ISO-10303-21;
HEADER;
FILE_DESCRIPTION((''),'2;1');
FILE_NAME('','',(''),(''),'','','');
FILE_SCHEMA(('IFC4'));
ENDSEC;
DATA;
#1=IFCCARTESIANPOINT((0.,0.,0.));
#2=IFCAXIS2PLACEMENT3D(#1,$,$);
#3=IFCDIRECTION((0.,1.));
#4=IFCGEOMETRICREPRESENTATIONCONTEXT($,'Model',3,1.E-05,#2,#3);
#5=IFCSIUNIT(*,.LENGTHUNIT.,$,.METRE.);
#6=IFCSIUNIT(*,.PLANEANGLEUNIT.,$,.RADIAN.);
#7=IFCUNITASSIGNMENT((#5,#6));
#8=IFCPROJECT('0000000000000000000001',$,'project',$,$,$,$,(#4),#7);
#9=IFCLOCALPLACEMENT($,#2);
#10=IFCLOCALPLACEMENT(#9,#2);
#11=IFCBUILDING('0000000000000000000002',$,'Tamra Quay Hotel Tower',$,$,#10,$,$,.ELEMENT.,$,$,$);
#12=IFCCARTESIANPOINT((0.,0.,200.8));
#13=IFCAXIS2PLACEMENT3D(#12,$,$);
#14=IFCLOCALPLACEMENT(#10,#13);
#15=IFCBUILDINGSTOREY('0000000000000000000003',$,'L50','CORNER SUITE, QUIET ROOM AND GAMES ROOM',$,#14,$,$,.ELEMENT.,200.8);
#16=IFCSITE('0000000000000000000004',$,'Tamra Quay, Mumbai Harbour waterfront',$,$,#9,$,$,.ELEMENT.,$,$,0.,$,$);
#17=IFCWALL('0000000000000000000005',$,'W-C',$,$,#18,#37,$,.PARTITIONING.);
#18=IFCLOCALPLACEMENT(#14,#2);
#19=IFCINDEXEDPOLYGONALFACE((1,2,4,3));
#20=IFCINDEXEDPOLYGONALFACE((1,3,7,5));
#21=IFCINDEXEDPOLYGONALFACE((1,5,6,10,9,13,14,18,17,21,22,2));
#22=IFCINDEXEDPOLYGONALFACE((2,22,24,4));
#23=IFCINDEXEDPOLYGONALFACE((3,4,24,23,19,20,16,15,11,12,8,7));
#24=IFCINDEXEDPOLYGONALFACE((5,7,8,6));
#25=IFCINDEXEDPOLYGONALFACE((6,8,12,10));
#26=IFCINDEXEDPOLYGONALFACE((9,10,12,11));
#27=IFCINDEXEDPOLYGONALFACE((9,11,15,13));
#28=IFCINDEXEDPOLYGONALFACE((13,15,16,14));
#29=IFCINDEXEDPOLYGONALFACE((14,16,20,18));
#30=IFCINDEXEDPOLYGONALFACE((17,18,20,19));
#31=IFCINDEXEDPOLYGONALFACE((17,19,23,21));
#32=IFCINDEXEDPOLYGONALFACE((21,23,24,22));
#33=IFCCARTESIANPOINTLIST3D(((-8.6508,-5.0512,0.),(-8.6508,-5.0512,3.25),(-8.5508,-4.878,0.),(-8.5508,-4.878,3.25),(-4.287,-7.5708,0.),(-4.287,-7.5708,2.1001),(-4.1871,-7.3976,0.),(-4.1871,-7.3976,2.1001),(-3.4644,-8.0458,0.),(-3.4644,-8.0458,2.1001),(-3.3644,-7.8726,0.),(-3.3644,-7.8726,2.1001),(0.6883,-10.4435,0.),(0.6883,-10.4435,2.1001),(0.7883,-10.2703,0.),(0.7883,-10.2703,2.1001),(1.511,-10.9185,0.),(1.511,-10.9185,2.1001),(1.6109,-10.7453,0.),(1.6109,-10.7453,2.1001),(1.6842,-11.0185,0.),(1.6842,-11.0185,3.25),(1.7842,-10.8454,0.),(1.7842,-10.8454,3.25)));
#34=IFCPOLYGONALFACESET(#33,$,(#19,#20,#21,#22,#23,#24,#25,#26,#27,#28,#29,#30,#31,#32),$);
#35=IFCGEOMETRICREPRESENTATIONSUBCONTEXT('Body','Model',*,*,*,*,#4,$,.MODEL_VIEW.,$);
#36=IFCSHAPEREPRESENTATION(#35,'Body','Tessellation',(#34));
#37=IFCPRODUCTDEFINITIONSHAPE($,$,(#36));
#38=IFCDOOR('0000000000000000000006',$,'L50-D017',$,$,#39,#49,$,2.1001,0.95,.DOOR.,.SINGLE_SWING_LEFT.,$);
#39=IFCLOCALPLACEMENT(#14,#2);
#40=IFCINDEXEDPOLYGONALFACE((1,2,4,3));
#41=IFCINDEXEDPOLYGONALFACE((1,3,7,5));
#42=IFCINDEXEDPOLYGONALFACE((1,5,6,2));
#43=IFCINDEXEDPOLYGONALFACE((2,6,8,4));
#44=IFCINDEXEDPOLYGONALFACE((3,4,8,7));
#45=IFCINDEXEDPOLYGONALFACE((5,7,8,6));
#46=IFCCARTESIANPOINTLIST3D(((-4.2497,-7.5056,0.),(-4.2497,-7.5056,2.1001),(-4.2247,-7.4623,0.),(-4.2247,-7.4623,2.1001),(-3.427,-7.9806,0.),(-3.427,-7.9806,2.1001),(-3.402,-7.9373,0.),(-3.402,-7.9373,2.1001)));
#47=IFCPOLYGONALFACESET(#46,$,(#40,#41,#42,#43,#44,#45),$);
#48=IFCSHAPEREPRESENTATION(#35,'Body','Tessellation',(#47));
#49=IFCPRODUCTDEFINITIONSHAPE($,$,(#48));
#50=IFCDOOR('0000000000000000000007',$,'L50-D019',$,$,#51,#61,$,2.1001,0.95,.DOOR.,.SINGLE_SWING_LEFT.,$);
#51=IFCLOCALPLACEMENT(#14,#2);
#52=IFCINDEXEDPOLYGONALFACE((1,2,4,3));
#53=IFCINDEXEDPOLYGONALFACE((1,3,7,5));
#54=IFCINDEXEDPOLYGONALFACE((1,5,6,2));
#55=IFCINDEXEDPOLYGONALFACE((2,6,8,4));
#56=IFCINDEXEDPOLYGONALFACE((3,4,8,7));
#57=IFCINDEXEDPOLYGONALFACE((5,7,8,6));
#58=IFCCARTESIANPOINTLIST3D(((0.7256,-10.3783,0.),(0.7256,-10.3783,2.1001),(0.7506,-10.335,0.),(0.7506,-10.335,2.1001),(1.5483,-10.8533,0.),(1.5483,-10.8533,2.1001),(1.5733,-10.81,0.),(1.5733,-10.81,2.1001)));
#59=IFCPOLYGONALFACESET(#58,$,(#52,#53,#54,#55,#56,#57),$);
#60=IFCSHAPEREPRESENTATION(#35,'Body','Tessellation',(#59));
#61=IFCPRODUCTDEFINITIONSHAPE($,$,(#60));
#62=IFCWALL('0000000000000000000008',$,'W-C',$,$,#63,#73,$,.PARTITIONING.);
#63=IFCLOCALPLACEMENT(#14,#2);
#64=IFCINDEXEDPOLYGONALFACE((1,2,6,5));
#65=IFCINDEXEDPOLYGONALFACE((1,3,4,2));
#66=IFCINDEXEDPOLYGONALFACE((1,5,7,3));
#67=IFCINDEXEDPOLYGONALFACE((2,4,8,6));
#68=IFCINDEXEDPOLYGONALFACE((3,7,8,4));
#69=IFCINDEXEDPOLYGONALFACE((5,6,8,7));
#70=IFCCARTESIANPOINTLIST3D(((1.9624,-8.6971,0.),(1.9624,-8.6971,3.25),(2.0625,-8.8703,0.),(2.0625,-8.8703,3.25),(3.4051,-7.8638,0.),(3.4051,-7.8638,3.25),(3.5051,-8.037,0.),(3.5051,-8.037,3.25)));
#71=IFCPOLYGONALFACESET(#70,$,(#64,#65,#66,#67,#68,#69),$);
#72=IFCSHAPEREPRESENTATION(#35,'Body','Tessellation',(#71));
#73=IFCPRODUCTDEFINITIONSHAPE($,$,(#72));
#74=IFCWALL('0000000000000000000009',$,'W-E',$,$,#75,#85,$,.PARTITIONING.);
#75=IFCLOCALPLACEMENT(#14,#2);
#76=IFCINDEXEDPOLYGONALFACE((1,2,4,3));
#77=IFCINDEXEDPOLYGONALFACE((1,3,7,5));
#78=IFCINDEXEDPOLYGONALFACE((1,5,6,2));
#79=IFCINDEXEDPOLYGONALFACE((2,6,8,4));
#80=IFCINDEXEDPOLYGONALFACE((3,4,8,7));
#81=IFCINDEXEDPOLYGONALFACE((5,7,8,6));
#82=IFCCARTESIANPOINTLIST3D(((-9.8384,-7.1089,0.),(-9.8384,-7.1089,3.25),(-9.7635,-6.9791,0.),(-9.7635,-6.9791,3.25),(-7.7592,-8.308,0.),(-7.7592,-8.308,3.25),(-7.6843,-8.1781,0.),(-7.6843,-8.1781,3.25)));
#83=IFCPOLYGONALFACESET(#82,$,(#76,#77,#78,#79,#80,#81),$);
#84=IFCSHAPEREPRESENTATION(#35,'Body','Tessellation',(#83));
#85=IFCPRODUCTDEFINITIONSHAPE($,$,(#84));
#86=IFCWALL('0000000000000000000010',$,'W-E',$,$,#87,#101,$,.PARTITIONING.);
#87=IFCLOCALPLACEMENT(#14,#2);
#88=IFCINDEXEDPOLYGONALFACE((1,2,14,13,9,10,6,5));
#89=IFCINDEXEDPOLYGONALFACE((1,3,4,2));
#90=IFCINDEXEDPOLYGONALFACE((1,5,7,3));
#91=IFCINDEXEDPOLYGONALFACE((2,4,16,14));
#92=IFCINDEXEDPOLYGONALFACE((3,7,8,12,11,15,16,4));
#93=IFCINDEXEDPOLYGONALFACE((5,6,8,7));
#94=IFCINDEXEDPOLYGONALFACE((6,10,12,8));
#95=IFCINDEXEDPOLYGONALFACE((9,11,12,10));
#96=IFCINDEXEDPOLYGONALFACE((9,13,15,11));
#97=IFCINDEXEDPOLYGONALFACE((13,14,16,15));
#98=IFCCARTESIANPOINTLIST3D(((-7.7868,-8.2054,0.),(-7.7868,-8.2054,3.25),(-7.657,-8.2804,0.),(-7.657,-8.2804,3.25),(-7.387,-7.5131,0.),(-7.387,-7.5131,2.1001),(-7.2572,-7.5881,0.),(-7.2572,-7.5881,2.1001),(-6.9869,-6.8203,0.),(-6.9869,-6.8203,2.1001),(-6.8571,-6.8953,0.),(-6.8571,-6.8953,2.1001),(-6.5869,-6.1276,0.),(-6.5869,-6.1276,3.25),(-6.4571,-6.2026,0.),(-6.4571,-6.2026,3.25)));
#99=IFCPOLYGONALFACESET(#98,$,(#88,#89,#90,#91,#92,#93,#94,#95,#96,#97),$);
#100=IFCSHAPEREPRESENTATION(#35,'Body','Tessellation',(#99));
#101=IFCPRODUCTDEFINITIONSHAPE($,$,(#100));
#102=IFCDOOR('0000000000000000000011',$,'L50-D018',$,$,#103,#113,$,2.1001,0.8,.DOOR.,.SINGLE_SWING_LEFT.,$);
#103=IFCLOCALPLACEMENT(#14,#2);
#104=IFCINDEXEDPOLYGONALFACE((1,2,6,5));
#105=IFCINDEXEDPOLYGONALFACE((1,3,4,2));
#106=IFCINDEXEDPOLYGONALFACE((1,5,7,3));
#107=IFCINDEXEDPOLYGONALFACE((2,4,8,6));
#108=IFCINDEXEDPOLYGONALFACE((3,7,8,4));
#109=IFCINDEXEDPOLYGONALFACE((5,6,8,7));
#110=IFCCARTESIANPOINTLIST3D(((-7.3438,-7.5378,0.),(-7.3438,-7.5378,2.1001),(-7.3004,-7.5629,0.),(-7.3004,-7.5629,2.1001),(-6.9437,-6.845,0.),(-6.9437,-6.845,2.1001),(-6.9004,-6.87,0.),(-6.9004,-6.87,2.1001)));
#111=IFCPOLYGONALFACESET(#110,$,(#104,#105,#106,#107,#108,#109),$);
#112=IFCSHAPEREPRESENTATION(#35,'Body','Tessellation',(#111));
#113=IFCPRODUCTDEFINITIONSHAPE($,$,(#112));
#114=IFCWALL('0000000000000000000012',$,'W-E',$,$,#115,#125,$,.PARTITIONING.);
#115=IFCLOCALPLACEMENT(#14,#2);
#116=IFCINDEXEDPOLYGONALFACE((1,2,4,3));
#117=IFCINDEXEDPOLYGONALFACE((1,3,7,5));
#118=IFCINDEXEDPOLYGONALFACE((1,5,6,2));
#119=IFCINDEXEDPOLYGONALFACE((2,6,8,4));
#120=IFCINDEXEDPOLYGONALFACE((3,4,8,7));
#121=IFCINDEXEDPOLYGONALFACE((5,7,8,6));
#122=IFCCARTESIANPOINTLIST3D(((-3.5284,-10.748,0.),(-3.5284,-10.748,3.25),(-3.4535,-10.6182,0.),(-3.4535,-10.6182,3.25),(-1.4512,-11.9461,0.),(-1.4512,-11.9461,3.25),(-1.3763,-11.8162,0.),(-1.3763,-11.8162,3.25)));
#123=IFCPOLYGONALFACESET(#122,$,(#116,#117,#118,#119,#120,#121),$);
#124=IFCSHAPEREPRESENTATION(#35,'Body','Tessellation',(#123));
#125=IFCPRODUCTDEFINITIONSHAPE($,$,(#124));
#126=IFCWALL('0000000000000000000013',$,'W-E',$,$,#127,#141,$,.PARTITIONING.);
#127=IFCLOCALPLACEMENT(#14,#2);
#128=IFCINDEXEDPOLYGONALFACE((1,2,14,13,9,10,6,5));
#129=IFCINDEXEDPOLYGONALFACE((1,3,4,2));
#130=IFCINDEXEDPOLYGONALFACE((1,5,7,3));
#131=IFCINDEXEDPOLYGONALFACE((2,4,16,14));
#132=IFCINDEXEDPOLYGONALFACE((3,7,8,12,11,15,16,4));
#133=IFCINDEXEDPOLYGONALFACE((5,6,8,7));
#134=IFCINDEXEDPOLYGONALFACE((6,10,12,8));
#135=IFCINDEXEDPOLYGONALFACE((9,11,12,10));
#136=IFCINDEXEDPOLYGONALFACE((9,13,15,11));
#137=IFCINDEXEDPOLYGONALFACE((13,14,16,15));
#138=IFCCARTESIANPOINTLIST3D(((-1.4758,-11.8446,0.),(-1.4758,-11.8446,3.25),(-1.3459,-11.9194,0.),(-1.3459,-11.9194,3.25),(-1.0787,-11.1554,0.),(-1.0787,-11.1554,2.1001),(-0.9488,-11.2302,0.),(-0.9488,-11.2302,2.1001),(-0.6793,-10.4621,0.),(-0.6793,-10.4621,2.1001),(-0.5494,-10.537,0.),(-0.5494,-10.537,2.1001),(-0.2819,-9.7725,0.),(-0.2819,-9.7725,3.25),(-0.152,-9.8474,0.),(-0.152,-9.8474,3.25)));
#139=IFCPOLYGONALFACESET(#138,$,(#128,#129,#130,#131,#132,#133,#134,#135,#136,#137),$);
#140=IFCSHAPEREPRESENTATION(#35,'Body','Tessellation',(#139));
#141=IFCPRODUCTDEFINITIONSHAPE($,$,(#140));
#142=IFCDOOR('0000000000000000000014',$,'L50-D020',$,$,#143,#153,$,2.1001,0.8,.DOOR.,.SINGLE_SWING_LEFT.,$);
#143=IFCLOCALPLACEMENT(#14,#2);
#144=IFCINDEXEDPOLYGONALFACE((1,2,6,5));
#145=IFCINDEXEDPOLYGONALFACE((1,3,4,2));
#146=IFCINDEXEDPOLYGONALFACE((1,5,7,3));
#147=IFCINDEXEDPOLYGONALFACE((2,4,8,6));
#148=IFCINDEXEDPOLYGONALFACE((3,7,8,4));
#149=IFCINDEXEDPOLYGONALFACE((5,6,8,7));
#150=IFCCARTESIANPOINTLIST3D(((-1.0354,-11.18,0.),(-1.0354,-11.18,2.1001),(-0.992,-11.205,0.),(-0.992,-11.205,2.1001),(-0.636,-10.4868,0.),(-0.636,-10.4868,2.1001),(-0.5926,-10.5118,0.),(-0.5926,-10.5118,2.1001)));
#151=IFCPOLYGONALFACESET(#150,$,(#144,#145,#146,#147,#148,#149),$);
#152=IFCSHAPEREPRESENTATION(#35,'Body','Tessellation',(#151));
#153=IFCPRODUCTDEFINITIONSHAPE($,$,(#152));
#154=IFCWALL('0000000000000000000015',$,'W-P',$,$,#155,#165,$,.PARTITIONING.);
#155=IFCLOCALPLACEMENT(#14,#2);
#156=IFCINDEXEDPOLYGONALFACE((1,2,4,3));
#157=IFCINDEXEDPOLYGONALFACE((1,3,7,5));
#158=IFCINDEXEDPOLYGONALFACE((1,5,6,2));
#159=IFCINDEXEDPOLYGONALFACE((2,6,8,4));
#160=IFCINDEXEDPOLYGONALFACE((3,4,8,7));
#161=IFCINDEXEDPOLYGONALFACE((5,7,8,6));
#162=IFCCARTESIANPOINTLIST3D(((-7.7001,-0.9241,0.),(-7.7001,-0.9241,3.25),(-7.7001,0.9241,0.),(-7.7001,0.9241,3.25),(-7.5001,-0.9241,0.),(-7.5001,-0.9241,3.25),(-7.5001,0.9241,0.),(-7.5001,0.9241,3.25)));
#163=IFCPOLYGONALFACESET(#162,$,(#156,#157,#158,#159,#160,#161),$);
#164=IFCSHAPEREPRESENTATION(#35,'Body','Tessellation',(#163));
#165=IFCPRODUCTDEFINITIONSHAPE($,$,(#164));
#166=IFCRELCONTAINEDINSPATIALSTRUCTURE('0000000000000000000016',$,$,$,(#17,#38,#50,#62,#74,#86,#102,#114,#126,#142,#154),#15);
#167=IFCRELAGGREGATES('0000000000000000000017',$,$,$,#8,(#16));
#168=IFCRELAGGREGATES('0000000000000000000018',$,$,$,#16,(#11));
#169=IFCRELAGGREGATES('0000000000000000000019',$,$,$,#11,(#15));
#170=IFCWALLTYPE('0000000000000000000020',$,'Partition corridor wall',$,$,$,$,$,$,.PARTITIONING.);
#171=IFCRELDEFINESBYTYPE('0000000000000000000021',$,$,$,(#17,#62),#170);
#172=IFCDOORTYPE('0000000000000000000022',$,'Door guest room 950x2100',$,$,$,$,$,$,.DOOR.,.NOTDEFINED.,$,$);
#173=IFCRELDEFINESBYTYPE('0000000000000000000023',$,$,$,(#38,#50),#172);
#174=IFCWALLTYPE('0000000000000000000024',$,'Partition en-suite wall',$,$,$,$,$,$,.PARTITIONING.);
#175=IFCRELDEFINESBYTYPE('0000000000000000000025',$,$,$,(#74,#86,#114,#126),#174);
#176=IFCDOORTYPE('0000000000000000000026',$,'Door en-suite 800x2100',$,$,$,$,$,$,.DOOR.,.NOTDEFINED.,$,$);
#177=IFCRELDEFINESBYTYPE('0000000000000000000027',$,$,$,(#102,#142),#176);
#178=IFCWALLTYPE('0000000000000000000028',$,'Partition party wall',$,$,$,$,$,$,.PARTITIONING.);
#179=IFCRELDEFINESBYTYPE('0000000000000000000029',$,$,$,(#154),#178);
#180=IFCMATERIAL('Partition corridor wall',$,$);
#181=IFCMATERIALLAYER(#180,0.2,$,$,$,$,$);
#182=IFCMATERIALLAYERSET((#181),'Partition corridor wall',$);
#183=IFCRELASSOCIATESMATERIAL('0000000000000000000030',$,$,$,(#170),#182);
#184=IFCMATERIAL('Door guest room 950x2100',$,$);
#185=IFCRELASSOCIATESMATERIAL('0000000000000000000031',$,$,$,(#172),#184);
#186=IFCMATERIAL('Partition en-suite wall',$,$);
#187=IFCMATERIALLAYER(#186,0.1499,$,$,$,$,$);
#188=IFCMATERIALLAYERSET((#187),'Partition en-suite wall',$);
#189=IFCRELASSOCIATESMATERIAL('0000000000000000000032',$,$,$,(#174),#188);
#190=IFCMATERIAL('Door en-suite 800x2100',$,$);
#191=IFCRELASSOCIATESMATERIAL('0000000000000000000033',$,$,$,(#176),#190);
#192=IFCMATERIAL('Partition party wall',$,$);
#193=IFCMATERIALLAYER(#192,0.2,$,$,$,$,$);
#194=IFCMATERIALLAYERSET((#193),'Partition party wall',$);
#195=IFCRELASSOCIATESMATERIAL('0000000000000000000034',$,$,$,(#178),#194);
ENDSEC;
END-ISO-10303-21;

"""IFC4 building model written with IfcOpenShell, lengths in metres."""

from ifc_helpers import new_model, si_unit, direction, frame, frame_2d, origin, place, context, subcontext, project, spatial, rectangle, extrude, material, layer, layer_set, type_object, element, fill, save


model = new_model("IFC4")

# Units and contexts
model_context = context("Model", 3, precision=1e-05, world=origin(), true_north=direction((0.0, 1.0)))
body_context = subcontext(model_context, "Body", "Model", "MODEL_VIEW")
ifc_project = project(units=[si_unit("LENGTHUNIT", "METRE"), si_unit("PLANEANGLEUNIT", "RADIAN")], contexts=[model_context])

# Site, building, storey
site_placement = place(None, origin())
site = spatial("IfcSite", under=ifc_project, at=site_placement, Name="Tamra Quay, Mumbai Harbour waterfront", CompositionType="ELEMENT", RefElevation=0.0)
building_placement = place(site_placement, origin())
building = spatial("IfcBuilding", under=site, at=building_placement, Name="Tamra Quay Hotel Tower", CompositionType="ELEMENT")
storey_placement = place(building_placement, frame((0.0, 0.0, 200.8)))
storey = spatial("IfcBuildingStorey", under=building, at=storey_placement, Name="L50", Description="CORNER SUITE, QUIET ROOM AND GAMES ROOM", CompositionType="ELEMENT", Elevation=200.8)

# Shared definitions
ifc_material_1 = material(Name="Partition corridor wall")
ifc_layer_1 = layer(ifc_material_1, 0.2)
ifc_layer_set_1 = layer_set([ifc_layer_1], Name="Partition corridor wall")
wall_type_1 = type_object("IfcWallType", Name="Partition corridor wall", PredefinedType="PARTITIONING", material=ifc_layer_set_1)

# Wall, openings, doors
wall_1_placement = place(storey_placement, frame((-8.6008, -4.9646, 0.0), z_axis=(0.0, 0.0, 1.0), x_axis=(0.866011, -0.500025, 0.0)))
wall_1 = element("IfcWall", 1, at=wall_1_placement, inside=storey, type_object=wall_type_1, Name="W-C", PredefinedType="PARTITIONING", context=body_context, shape_type="SweptSolid", body=[
    extrude(rectangle(XDim=11.9341, YDim=0.2, at=frame_2d((5.967, 0.0))), origin(), (0.0, 0.0, 1.0), 3.25),
])
opening_1_placement = place(wall_1_placement, frame((5.0388, 0.0, 0.0)))
opening_1 = element("IfcOpeningElement", 2, at=opening_1_placement, cuts=wall_1, PredefinedType="OPENING", context=body_context, shape_type="SweptSolid", body=[
    extrude(rectangle(XDim=0.95, YDim=2.1001, at=frame_2d((0.4751, 1.05))), frame((0.0, 0.1099, 0.0), z_axis=(0.0, -1.0, 0.0), x_axis=(1.0, 0.0, 0.0)), (0.0, 0.0, 1.0), 0.22),
])
opening_2_placement = place(wall_1_placement, frame((10.7839, 0.0, 0.0)))
opening_2 = element("IfcOpeningElement", 3, at=opening_2_placement, cuts=wall_1, PredefinedType="OPENING", context=body_context, shape_type="SweptSolid", body=[
    extrude(rectangle(XDim=0.95, YDim=2.1001, at=frame_2d((0.4751, 1.05))), frame((0.0, 0.1099, 0.0), z_axis=(0.0, -1.0, 0.0), x_axis=(1.0, 0.0, 0.0)), (0.0, 0.0, 1.0), 0.22),
])
ifc_material_2 = material(Name="Door guest room 950x2100")
door_type_1 = type_object("IfcDoorType", Name="Door guest room 950x2100", OperationType="NOTDEFINED", PredefinedType="DOOR", material=ifc_material_2)
door_1_placement = place(opening_1_placement, frame((0.95, 0.0, 0.0), z_axis=(0.0, 0.0, 1.0), x_axis=(-1.0, 0.0, 0.0)))
door_1 = element("IfcDoor", 4, at=door_1_placement, inside=storey, type_object=door_type_1, Name="L50-D017", OperationType="SINGLE_SWING_LEFT", OverallHeight=2.1001, OverallWidth=0.95, PredefinedType="DOOR", context=body_context, shape_type="SweptSolid", body=[
    extrude(rectangle(XDim=0.95, YDim=2.1001, at=frame_2d((0.4751, 1.05))), frame((0.0, 0.0249, 0.0), z_axis=(0.0, -1.0, 0.0), x_axis=(1.0, 0.0, 0.0)), (0.0, 0.0, 1.0), 0.05),
])
fill(opening_1, door_1)
door_2_placement = place(opening_2_placement, frame((0.95, 0.0, 0.0), z_axis=(0.0, 0.0, 1.0), x_axis=(-1.0, 0.0, 0.0)))
door_2 = element("IfcDoor", 5, at=door_2_placement, inside=storey, type_object=door_type_1, Name="L50-D019", OperationType="SINGLE_SWING_LEFT", OverallHeight=2.1001, OverallWidth=0.95, PredefinedType="DOOR", context=body_context, shape_type="SweptSolid", body=[
    extrude(rectangle(XDim=0.95, YDim=2.1001, at=frame_2d((0.4751, 1.05))), frame((0.0, 0.0249, 0.0), z_axis=(0.0, -1.0, 0.0), x_axis=(1.0, 0.0, 0.0)), (0.0, 0.0, 1.0), 0.05),
])
fill(opening_2, door_2)

# Walls
wall_2_placement = place(storey_placement, frame((2.0125, -8.7837, 0.0), z_axis=(0.0, 0.0, 1.0), x_axis=(0.865934, 0.500158, 0.0)))
element("IfcWall", 6, at=wall_2_placement, inside=storey, type_object=wall_type_1, Name="W-C", PredefinedType="PARTITIONING", context=body_context, shape_type="SweptSolid", body=[
    extrude(rectangle(XDim=1.666, YDim=0.2, at=frame_2d((0.833, 0.0))), origin(), (0.0, 0.0, 1.0), 3.25),
])
ifc_material_3 = material(Name="Partition en-suite wall")
ifc_layer_2 = layer(ifc_material_3, 0.1499)
ifc_layer_set_2 = layer_set([ifc_layer_2], Name="Partition en-suite wall")
wall_type_2 = type_object("IfcWallType", Name="Partition en-suite wall", PredefinedType="PARTITIONING", material=ifc_layer_set_2)
wall_3_placement = place(storey_placement, frame((-9.801, -7.0439, 0.0), z_axis=(0.0, 0.0, 1.0), x_axis=(0.866277, -0.499564, 0.0)))
element("IfcWall", 7, at=wall_3_placement, inside=storey, type_object=wall_type_2, Name="W-E", PredefinedType="PARTITIONING", context=body_context, shape_type="SweptSolid", body=[
    extrude(rectangle(XDim=2.4001, YDim=0.1499, at=frame_2d((1.2002, 0.0))), origin(), (0.0, 0.0, 1.0), 3.25),
])

# Wall, opening, door
wall_4_placement = place(storey_placement, frame((-7.7219, -8.2429, 0.0), z_axis=(0.0, 0.0, 1.0), x_axis=(0.500089, 0.865974, 0.0)))
wall_4 = element("IfcWall", 8, at=wall_4_placement, inside=storey, type_object=wall_type_2, Name="W-E", PredefinedType="PARTITIONING", context=body_context, shape_type="SweptSolid", body=[
    extrude(rectangle(XDim=2.3994, YDim=0.1499, at=frame_2d((1.1997, 0.0))), origin(), (0.0, 0.0, 1.0), 3.25),
])
opening_3_placement = place(wall_4_placement, frame((0.7996, 0.0, 0.0)))
opening_3 = element("IfcOpeningElement", 9, at=opening_3_placement, cuts=wall_4, PredefinedType="OPENING", context=body_context, shape_type="SweptSolid", body=[
    extrude(rectangle(XDim=0.8, YDim=2.1001, at=frame_2d((0.3999, 1.05))), frame((0.0, 0.085, 0.0), z_axis=(0.0, -1.0, 0.0), x_axis=(1.0, 0.0, 0.0)), (0.0, 0.0, 1.0), 0.1699),
])
ifc_material_4 = material(Name="Door en-suite 800x2100")
door_type_2 = type_object("IfcDoorType", Name="Door en-suite 800x2100", OperationType="NOTDEFINED", PredefinedType="DOOR", material=ifc_material_4)
door_3_placement = place(opening_3_placement, frame((0.8, 0.0, 0.0), z_axis=(0.0, 0.0, 1.0), x_axis=(-1.0, 0.0, 0.0)))
door_3 = element("IfcDoor", 10, at=door_3_placement, inside=storey, type_object=door_type_2, Name="L50-D018", OperationType="SINGLE_SWING_LEFT", OverallHeight=2.1001, OverallWidth=0.8, PredefinedType="DOOR", context=body_context, shape_type="SweptSolid", body=[
    extrude(rectangle(XDim=0.8, YDim=2.1001, at=frame_2d((0.3999, 1.05))), frame((0.0, 0.0249, 0.0), z_axis=(0.0, -1.0, 0.0), x_axis=(1.0, 0.0, 0.0)), (0.0, 0.0, 1.0), 0.05),
])
fill(opening_3, door_3)

# Wall
wall_5_placement = place(storey_placement, frame((-3.491, -10.6831, 0.0), z_axis=(0.0, 0.0, 1.0), x_axis=(0.86625, -0.499611, 0.0)))
element("IfcWall", 11, at=wall_5_placement, inside=storey, type_object=wall_type_2, Name="W-E", PredefinedType="PARTITIONING", context=body_context, shape_type="SweptSolid", body=[
    extrude(rectangle(XDim=2.3979, YDim=0.1499, at=frame_2d((1.199, 0.0))), origin(), (0.0, 0.0, 1.0), 3.25),
])

# Wall, opening, door
wall_6_placement = place(storey_placement, frame((-1.4109, -11.8821, 0.0), z_axis=(0.0, 0.0, 1.0), x_axis=(0.499236, 0.866466, 0.0)))
wall_6 = element("IfcWall", 12, at=wall_6_placement, inside=storey, type_object=wall_type_2, Name="W-E", PredefinedType="PARTITIONING", context=body_context, shape_type="SweptSolid", body=[
    extrude(rectangle(XDim=2.3914, YDim=0.1499, at=frame_2d((1.1958, 0.0))), origin(), (0.0, 0.0, 1.0), 3.25),
])
opening_4_placement = place(wall_6_placement, frame((0.7957, 0.0, 0.0)))
opening_4 = element("IfcOpeningElement", 13, at=opening_4_placement, cuts=wall_6, PredefinedType="OPENING", context=body_context, shape_type="SweptSolid", body=[
    extrude(rectangle(XDim=0.8, YDim=2.1001, at=frame_2d((0.3999, 1.05))), frame((0.0, 0.085, 0.0), z_axis=(0.0, -1.0, 0.0), x_axis=(1.0, 0.0, 0.0)), (0.0, 0.0, 1.0), 0.1699),
])
door_4_placement = place(opening_4_placement, frame((0.8, 0.0, 0.0), z_axis=(0.0, 0.0, 1.0), x_axis=(-1.0, 0.0, 0.0)))
door_4 = element("IfcDoor", 14, at=door_4_placement, inside=storey, type_object=door_type_2, Name="L50-D020", OperationType="SINGLE_SWING_LEFT", OverallHeight=2.1001, OverallWidth=0.8, PredefinedType="DOOR", context=body_context, shape_type="SweptSolid", body=[
    extrude(rectangle(XDim=0.8, YDim=2.1001, at=frame_2d((0.3999, 1.05))), frame((0.0, 0.0249, 0.0), z_axis=(0.0, -1.0, 0.0), x_axis=(1.0, 0.0, 0.0)), (0.0, 0.0, 1.0), 0.05),
])
fill(opening_4, door_4)

# Wall
ifc_material_5 = material(Name="Partition party wall")
ifc_layer_3 = layer(ifc_material_5, 0.2)
ifc_layer_set_3 = layer_set([ifc_layer_3], Name="Partition party wall")
wall_type_3 = type_object("IfcWallType", Name="Partition party wall", PredefinedType="PARTITIONING", material=ifc_layer_set_3)
wall_7_placement = place(storey_placement, frame((-7.6001, -0.9241, 0.0), z_axis=(0.0, 0.0, 1.0), x_axis=(0.0, 1.0, 0.0)))
element("IfcWall", 15, at=wall_7_placement, inside=storey, type_object=wall_type_3, Name="W-P", PredefinedType="PARTITIONING", context=body_context, shape_type="SweptSolid", body=[
    extrude(rectangle(XDim=1.8481, YDim=0.2, at=frame_2d((0.9241, 0.0))), origin(), (0.0, 0.0, 1.0), 3.25),
])

save(model, "model.ifc")
